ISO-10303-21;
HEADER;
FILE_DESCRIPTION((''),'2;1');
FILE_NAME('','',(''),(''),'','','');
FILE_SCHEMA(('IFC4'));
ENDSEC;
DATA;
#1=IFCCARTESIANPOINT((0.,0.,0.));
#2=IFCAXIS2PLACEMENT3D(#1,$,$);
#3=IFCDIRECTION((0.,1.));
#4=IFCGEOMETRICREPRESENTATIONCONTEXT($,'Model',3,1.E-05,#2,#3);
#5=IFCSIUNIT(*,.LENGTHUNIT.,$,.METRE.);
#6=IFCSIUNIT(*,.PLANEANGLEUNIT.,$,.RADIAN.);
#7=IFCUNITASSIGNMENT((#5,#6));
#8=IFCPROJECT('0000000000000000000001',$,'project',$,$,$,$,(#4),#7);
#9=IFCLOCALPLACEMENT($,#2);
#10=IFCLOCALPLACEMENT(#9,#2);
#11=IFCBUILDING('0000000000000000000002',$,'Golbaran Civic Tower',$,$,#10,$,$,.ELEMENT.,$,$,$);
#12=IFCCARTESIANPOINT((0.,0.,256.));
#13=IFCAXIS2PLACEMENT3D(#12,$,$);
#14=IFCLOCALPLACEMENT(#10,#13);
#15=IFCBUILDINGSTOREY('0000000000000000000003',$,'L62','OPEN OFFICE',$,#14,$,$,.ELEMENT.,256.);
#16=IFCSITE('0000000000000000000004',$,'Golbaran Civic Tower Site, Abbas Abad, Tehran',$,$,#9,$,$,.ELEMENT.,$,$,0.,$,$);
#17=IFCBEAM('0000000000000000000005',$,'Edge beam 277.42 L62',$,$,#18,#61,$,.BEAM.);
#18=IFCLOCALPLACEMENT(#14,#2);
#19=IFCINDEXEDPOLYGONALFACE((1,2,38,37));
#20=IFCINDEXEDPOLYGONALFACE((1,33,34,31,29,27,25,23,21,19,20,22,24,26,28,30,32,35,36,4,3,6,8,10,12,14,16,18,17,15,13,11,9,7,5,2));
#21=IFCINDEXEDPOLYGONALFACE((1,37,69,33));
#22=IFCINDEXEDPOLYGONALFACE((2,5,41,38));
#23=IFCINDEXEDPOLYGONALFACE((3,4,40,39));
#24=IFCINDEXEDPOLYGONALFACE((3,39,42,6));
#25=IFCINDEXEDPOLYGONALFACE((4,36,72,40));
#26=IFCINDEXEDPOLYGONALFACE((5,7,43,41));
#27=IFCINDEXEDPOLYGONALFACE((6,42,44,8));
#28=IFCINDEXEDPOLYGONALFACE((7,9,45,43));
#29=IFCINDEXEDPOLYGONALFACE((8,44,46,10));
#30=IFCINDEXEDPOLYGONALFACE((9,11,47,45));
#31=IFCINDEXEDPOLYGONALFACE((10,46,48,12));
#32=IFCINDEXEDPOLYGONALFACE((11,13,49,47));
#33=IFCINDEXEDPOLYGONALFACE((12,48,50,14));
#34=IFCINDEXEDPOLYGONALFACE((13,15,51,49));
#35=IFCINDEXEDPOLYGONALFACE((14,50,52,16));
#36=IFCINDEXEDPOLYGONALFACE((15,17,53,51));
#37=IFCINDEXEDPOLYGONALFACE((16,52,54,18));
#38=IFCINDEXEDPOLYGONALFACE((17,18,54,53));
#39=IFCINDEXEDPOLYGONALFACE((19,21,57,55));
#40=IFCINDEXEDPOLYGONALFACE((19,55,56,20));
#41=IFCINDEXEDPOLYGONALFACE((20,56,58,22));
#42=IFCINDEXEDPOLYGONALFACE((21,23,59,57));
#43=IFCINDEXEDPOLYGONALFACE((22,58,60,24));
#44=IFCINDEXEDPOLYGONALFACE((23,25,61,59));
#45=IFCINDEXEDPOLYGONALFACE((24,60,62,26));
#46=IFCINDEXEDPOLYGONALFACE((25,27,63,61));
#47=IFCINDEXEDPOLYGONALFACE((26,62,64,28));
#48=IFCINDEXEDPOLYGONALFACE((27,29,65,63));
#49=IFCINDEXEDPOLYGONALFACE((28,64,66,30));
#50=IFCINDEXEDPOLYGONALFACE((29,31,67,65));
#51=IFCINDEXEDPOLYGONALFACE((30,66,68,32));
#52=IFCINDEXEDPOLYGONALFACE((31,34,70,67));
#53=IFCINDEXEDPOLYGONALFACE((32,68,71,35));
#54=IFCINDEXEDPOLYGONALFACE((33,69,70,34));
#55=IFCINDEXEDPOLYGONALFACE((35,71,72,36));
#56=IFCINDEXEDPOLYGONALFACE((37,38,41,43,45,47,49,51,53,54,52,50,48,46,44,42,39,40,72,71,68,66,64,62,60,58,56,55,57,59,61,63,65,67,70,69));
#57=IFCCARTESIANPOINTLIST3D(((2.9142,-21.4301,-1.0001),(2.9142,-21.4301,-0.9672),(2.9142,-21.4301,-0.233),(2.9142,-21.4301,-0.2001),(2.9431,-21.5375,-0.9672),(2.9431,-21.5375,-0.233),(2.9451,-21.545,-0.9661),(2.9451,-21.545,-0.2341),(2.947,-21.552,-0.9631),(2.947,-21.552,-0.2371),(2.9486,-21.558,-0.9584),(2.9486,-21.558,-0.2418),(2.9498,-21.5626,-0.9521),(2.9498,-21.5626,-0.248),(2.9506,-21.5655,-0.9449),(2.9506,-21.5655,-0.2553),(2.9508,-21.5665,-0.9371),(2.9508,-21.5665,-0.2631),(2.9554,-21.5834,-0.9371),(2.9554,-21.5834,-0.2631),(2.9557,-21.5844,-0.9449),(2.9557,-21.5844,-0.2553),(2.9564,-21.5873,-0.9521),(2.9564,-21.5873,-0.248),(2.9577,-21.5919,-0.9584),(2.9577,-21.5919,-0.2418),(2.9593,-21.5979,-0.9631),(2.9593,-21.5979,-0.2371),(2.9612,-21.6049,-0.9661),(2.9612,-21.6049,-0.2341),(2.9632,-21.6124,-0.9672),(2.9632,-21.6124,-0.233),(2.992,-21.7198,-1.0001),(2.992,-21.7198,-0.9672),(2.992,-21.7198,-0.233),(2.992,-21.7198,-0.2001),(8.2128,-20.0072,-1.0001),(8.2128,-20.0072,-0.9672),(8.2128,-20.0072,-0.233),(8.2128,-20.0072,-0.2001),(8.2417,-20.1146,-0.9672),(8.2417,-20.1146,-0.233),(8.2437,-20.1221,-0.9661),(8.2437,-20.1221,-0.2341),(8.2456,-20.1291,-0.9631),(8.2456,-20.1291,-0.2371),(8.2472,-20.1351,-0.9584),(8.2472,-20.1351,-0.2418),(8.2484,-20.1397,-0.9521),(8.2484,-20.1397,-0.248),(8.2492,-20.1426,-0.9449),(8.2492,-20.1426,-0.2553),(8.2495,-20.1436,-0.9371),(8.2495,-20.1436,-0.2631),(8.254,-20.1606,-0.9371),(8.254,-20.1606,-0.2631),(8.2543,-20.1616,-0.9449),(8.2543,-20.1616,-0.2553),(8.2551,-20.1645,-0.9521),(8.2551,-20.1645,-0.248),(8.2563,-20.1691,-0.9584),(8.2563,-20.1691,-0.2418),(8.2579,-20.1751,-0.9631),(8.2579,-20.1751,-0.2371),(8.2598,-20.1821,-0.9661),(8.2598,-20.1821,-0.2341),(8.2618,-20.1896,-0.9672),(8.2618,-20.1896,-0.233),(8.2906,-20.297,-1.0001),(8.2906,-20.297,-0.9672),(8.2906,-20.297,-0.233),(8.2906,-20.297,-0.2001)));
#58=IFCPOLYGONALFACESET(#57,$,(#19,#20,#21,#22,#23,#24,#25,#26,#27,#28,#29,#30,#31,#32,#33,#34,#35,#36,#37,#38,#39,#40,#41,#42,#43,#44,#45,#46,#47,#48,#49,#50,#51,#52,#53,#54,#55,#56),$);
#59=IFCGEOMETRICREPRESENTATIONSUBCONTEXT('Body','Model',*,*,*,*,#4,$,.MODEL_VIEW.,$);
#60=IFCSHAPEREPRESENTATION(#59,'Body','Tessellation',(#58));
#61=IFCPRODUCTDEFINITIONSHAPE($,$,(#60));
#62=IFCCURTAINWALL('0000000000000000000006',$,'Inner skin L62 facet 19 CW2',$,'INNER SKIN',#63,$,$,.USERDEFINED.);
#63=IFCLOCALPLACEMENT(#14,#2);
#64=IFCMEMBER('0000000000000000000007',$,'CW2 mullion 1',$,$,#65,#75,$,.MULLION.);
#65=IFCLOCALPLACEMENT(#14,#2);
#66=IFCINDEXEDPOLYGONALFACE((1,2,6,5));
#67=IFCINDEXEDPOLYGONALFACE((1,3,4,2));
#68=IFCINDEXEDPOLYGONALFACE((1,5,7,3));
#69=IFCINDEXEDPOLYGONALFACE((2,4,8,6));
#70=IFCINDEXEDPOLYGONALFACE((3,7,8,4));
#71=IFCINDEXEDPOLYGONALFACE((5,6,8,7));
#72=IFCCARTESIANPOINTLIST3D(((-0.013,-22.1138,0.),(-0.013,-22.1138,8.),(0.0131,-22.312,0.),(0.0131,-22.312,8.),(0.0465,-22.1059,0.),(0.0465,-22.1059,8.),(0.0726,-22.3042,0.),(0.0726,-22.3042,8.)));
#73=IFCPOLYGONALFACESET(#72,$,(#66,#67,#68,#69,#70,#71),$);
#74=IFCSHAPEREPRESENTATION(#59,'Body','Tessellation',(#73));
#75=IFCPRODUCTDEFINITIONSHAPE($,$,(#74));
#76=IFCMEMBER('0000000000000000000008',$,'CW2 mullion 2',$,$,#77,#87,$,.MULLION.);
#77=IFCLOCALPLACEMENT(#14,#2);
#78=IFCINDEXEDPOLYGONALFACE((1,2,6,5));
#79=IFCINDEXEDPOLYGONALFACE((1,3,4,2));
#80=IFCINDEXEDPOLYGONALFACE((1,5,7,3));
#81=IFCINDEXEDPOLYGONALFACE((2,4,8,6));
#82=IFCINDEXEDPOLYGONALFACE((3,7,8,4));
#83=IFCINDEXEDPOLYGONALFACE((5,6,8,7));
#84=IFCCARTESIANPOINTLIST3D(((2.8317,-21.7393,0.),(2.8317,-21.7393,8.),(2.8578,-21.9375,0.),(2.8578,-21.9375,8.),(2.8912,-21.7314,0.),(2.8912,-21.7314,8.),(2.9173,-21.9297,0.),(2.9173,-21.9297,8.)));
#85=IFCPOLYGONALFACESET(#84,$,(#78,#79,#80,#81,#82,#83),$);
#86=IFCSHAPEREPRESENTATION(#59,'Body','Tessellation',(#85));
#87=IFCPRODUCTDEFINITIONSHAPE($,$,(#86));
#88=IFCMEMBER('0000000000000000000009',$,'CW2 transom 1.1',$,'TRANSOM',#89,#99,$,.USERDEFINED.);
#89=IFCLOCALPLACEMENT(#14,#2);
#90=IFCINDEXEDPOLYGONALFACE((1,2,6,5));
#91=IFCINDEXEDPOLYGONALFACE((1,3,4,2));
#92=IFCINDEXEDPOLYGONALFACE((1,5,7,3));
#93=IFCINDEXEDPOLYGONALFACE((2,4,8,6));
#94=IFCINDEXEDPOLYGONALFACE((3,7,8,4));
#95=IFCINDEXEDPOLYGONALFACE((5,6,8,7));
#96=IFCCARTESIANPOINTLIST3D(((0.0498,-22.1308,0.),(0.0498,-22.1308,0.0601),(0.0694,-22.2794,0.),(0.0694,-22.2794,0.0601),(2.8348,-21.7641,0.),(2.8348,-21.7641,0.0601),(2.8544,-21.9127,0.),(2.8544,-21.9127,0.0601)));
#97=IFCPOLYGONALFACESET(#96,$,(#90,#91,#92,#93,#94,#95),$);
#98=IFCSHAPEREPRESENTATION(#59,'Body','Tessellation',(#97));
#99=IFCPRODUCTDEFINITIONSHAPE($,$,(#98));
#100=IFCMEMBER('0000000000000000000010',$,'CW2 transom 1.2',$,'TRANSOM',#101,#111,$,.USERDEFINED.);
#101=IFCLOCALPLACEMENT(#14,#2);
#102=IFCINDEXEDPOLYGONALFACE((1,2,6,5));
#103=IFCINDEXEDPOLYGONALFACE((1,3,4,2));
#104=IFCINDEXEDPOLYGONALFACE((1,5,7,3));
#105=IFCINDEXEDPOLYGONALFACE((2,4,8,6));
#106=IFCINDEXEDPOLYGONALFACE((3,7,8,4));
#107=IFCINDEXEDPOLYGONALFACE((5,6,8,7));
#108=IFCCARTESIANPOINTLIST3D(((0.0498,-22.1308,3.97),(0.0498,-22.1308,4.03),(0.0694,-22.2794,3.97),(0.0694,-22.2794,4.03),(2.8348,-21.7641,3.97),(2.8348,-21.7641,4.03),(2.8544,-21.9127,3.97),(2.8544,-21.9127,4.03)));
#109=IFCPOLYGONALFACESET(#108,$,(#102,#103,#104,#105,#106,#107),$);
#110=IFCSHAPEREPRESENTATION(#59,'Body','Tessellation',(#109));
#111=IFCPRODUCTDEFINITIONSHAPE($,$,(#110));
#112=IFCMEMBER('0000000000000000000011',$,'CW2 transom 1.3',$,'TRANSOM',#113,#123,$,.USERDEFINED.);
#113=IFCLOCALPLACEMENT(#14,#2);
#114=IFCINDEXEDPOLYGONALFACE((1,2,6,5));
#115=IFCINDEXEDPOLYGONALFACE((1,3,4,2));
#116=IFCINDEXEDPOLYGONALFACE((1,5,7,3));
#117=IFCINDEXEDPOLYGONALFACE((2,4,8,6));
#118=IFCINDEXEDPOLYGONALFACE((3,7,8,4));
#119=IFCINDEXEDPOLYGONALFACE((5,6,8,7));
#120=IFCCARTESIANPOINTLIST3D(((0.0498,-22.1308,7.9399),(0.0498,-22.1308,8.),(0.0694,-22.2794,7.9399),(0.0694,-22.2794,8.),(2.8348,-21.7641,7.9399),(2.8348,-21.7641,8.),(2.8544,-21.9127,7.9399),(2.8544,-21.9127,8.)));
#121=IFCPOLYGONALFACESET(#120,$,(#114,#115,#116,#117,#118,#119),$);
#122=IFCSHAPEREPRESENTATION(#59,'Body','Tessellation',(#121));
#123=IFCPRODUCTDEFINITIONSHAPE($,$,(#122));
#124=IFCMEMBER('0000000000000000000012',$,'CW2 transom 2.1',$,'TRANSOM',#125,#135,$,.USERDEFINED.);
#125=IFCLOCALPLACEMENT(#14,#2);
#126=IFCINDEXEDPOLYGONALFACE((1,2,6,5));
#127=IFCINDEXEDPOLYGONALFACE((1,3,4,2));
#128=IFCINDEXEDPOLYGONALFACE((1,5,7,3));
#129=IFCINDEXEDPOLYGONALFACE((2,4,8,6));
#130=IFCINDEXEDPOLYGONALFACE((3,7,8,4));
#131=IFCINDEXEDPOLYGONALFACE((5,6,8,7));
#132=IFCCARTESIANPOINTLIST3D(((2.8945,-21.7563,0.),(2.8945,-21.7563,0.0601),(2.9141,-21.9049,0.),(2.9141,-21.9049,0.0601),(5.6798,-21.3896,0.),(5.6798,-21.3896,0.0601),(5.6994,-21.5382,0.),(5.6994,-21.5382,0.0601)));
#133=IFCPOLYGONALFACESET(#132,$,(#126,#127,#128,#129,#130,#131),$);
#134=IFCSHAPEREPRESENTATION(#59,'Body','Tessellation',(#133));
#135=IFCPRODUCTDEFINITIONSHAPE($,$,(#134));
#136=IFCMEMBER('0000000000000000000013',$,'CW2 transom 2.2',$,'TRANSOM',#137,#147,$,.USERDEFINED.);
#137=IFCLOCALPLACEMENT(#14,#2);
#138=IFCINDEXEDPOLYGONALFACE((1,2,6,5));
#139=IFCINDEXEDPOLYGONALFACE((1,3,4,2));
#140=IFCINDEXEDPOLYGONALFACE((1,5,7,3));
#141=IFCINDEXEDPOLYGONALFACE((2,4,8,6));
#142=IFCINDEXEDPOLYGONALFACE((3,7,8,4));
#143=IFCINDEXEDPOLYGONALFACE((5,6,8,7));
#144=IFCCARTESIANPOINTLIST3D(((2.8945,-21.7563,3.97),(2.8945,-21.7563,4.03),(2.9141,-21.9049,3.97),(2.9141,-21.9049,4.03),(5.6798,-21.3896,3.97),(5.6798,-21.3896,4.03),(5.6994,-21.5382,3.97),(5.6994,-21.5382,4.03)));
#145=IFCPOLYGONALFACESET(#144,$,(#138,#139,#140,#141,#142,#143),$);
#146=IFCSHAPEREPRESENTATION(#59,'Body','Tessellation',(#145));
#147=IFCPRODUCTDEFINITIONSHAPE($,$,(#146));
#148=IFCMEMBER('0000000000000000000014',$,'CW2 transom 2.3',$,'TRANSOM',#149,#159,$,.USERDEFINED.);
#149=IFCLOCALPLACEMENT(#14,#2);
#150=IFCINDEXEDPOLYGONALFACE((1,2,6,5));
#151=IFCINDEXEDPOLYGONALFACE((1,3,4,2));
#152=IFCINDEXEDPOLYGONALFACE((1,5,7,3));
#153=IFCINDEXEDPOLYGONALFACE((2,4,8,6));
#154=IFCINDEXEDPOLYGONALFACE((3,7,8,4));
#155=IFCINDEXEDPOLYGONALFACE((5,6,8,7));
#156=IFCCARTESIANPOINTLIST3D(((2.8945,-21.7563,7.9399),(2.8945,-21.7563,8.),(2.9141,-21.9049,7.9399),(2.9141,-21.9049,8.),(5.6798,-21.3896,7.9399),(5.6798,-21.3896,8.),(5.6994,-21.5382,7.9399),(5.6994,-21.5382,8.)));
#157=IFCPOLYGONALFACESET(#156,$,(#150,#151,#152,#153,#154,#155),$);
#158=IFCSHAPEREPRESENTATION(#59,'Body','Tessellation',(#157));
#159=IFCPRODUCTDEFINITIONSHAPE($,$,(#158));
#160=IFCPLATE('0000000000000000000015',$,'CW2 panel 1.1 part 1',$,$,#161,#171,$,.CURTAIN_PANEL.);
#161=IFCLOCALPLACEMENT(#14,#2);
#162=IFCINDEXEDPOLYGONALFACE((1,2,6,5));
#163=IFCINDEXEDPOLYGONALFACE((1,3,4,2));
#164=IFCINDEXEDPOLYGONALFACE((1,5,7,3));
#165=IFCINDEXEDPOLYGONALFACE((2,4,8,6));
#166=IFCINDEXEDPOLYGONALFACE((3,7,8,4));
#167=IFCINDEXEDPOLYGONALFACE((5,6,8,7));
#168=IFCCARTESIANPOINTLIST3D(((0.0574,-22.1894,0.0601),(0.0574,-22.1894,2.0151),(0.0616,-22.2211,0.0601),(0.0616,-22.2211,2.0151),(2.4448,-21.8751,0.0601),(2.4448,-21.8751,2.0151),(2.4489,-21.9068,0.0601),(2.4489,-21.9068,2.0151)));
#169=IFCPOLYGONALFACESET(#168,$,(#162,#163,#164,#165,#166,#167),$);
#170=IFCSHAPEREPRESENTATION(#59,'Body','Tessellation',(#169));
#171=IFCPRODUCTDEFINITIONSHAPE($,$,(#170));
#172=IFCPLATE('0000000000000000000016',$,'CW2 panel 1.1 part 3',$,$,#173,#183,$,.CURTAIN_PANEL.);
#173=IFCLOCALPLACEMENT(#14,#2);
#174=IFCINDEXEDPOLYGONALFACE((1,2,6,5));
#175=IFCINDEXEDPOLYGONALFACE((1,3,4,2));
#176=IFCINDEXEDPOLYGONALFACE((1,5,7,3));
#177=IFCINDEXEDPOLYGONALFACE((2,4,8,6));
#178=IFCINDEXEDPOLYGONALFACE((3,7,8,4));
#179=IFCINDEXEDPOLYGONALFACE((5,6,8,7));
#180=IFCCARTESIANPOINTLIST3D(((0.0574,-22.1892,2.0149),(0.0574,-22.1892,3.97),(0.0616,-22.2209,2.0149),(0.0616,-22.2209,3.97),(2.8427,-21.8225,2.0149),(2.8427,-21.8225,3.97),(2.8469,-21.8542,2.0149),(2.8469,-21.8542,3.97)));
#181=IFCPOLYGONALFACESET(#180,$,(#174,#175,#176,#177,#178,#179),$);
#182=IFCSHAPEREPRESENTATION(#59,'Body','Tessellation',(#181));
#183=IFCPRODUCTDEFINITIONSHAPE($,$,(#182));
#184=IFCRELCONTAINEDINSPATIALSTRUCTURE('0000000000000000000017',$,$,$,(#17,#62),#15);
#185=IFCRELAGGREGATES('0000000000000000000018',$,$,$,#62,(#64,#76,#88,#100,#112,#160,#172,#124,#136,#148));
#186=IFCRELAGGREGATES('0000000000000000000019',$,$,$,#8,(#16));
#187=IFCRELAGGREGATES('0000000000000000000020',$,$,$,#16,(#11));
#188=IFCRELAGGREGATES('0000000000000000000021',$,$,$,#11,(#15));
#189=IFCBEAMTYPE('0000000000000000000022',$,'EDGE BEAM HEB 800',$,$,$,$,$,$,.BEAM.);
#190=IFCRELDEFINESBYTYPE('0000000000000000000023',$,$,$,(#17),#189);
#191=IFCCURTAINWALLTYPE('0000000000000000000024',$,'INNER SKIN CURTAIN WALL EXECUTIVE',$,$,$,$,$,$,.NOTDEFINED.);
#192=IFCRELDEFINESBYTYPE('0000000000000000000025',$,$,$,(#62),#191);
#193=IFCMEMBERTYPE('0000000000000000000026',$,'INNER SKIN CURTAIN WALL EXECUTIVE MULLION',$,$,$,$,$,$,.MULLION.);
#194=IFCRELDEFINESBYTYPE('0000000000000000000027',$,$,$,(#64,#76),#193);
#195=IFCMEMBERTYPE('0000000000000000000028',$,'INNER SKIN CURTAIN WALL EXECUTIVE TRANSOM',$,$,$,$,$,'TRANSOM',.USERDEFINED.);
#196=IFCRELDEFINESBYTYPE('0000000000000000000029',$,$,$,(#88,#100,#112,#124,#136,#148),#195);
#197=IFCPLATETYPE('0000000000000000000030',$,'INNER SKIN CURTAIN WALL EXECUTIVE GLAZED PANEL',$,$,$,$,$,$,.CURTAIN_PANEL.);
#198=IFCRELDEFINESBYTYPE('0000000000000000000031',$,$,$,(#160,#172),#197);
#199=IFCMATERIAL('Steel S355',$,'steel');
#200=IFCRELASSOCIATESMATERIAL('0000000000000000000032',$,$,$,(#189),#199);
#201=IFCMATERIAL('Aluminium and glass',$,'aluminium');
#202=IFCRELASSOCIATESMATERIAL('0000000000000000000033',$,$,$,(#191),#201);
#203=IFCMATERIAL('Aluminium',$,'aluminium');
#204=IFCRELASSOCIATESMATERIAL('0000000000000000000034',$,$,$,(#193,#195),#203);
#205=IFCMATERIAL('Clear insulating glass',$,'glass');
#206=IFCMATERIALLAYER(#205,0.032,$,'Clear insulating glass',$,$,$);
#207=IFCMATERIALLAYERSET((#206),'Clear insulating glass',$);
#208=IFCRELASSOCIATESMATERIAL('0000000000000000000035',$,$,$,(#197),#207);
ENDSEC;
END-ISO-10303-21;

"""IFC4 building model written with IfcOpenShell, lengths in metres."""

from ifc_helpers import new_model, si_unit, direction, frame, origin, origin_2d, place, context, subcontext, project, spatial, rectangle, i_section, extrude, material, layer, layer_set, material_profile, profile_set, type_object, element, aggregate, save


model = new_model("IFC4")

# Units and contexts
model_context = context("Model", 3, precision=1e-05, world=origin(), true_north=direction((0.0, 1.0)))
body_context = subcontext(model_context, "Body", "Model", "MODEL_VIEW")
ifc_project = project(units=[si_unit("LENGTHUNIT", "METRE"), si_unit("PLANEANGLEUNIT", "RADIAN")], contexts=[model_context])

# Site, building, storey
site_placement = place(None, origin())
site = spatial("IfcSite", under=ifc_project, at=site_placement, Name="Golbaran Civic Tower Site, Abbas Abad, Tehran", CompositionType="ELEMENT", RefElevation=0.0)
building_placement = place(site_placement, origin())
building = spatial("IfcBuilding", under=site, at=building_placement, Name="Golbaran Civic Tower", CompositionType="ELEMENT")
storey_placement = place(building_placement, frame((0.0, 0.0, 256.0)))
storey = spatial("IfcBuildingStorey", under=building, at=storey_placement, Name="L62", Description="OPEN OFFICE", CompositionType="ELEMENT", Elevation=256.0)

# Beam
ifc_material_1 = material(Name="Steel S355", Category="steel")
ifc_material_profile_1 = material_profile(ifc_material_1, i_section(OverallWidth=0.3, OverallDepth=0.8, WebThickness=0.0176, FlangeThickness=0.033, FilletRadius=0.03, at=origin_2d()), Name="HEB 800")
ifc_profile_set_1 = profile_set([ifc_material_profile_1], Name="Steel S355")
beam_type = type_object("IfcBeamType", Name="EDGE BEAM HEB 800", PredefinedType="BEAM", material=ifc_profile_set_1)
beam_placement = place(storey_placement, frame((2.9531, -21.575, -0.6001), z_axis=(0.965784, 0.259346, 0.0), x_axis=(-0.259346, 0.965784, 0.0)))
element("IfcBeam", 1, at=beam_placement, inside=storey, type_object=beam_type, Name="Edge beam 277.42 L62", PredefinedType="BEAM", context=body_context, shape_type="SweptSolid", body=[
    extrude(i_section(OverallWidth=0.3, OverallDepth=0.8, WebThickness=0.0176, FlangeThickness=0.033, FilletRadius=0.03, at=origin_2d()), origin(), (0.0, 0.0, 1.0), 5.4863),
])

# Curtain wall, members, plates
ifc_material_2 = material(Name="Aluminium and glass", Category="aluminium")
curtain_wall_type = type_object("IfcCurtainWallType", Name="INNER SKIN CURTAIN WALL EXECUTIVE", PredefinedType="NOTDEFINED", material=ifc_material_2)
curtain_wall_placement = place(storey_placement, origin())
curtain_wall = element("IfcCurtainWall", 2, at=curtain_wall_placement, inside=storey, type_object=curtain_wall_type, Name="Inner skin L62 facet 19 CW2", ObjectType="INNER SKIN", PredefinedType="USERDEFINED")
ifc_material_3 = material(Name="Aluminium", Category="aluminium")
ifc_material_profile_2 = material_profile(ifc_material_3, rectangle(XDim=0.2, YDim=0.0601, at=origin_2d()), Name="INNER SKIN CURTAIN WALL EXECUTIVE MULLION")
ifc_profile_set_2 = profile_set([ifc_material_profile_2], Name="Aluminium")
member_type_1 = type_object("IfcMemberType", Name="INNER SKIN CURTAIN WALL EXECUTIVE MULLION", PredefinedType="MULLION", material=ifc_profile_set_2)
member_1_placement = place(storey_placement, frame((0.0298, -22.209, 0.0), z_axis=(0.0, 0.0, 1.0), x_axis=(-0.130526, 0.991445, 0.0)))
member_1 = element("IfcMember", 3, at=member_1_placement, type_object=member_type_1, Name="CW2 mullion 1", PredefinedType="MULLION", context=body_context, shape_type="SweptSolid", body=[
    extrude(rectangle(XDim=0.2, YDim=0.0601, at=origin_2d()), origin(), (0.0, 0.0, 1.0), 8.0),
])
member_2_placement = place(storey_placement, frame((2.8745, -21.8345, 0.0), z_axis=(0.0, 0.0, 1.0), x_axis=(-0.130526, 0.991445, 0.0)))
member_2 = element("IfcMember", 4, at=member_2_placement, type_object=member_type_1, Name="CW2 mullion 2", PredefinedType="MULLION", context=body_context, shape_type="SweptSolid", body=[
    extrude(rectangle(XDim=0.2, YDim=0.0601, at=origin_2d()), origin(), (0.0, 0.0, 1.0), 8.0),
])
ifc_material_profile_3 = material_profile(ifc_material_3, rectangle(XDim=0.1499, YDim=0.0601, at=origin_2d()), Name="INNER SKIN CURTAIN WALL EXECUTIVE TRANSOM")
ifc_profile_set_3 = profile_set([ifc_material_profile_3], Name="Aluminium")
member_type_2 = type_object("IfcMemberType", Name="INNER SKIN CURTAIN WALL EXECUTIVE TRANSOM", ElementType="TRANSOM", PredefinedType="USERDEFINED", material=ifc_profile_set_3)
member_3_placement = place(storey_placement, frame((0.0596, -22.2051, 0.03), z_axis=(0.991444, 0.130535, 0.0), x_axis=(-0.130535, 0.991444, 0.0)))
member_3 = element("IfcMember", 5, at=member_3_placement, type_object=member_type_2, Name="CW2 transom 1.1", ObjectType="TRANSOM", PredefinedType="USERDEFINED", context=body_context, shape_type="SweptSolid", body=[
    extrude(rectangle(XDim=0.1499, YDim=0.0601, at=origin_2d()), origin(), (0.0, 0.0, 1.0), 2.8091),
])
member_4_placement = place(storey_placement, frame((0.0596, -22.2051, 4.0), z_axis=(0.991444, 0.130535, 0.0), x_axis=(-0.130535, 0.991444, 0.0)))
member_4 = element("IfcMember", 6, at=member_4_placement, type_object=member_type_2, Name="CW2 transom 1.2", ObjectType="TRANSOM", PredefinedType="USERDEFINED", context=body_context, shape_type="SweptSolid", body=[
    extrude(rectangle(XDim=0.1499, YDim=0.0601, at=origin_2d()), origin(), (0.0, 0.0, 1.0), 2.8091),
])
member_5_placement = place(storey_placement, frame((0.0596, -22.2051, 7.97), z_axis=(0.991444, 0.130535, 0.0), x_axis=(-0.130535, 0.991444, 0.0)))
member_5 = element("IfcMember", 7, at=member_5_placement, type_object=member_type_2, Name="CW2 transom 1.3", ObjectType="TRANSOM", PredefinedType="USERDEFINED", context=body_context, shape_type="SweptSolid", body=[
    extrude(rectangle(XDim=0.1499, YDim=0.0601, at=origin_2d()), origin(), (0.0, 0.0, 1.0), 2.8091),
])
member_6_placement = place(storey_placement, frame((2.9043, -21.8306, 0.03), z_axis=(0.991445, 0.130524, 0.0), x_axis=(-0.130524, 0.991445, 0.0)))
member_6 = element("IfcMember", 8, at=member_6_placement, type_object=member_type_2, Name="CW2 transom 2.1", ObjectType="TRANSOM", PredefinedType="USERDEFINED", context=body_context, shape_type="SweptSolid", body=[
    extrude(rectangle(XDim=0.1499, YDim=0.0601, at=origin_2d()), origin(), (0.0, 0.0, 1.0), 2.8093),
])
member_7_placement = place(storey_placement, frame((2.9043, -21.8306, 4.0), z_axis=(0.991445, 0.130524, 0.0), x_axis=(-0.130524, 0.991445, 0.0)))
member_7 = element("IfcMember", 9, at=member_7_placement, type_object=member_type_2, Name="CW2 transom 2.2", ObjectType="TRANSOM", PredefinedType="USERDEFINED", context=body_context, shape_type="SweptSolid", body=[
    extrude(rectangle(XDim=0.1499, YDim=0.0601, at=origin_2d()), origin(), (0.0, 0.0, 1.0), 2.8093),
])
member_8_placement = place(storey_placement, frame((2.9043, -21.8306, 7.97), z_axis=(0.991445, 0.130524, 0.0), x_axis=(-0.130524, 0.991445, 0.0)))
member_8 = element("IfcMember", 10, at=member_8_placement, type_object=member_type_2, Name="CW2 transom 2.3", ObjectType="TRANSOM", PredefinedType="USERDEFINED", context=body_context, shape_type="SweptSolid", body=[
    extrude(rectangle(XDim=0.1499, YDim=0.0601, at=origin_2d()), origin(), (0.0, 0.0, 1.0), 2.8093),
])
ifc_material_4 = material(Name="Clear insulating glass", Category="glass")
ifc_layer_1 = layer(ifc_material_4, 0.032, Name="Clear insulating glass")
ifc_layer_set_1 = layer_set([ifc_layer_1], Name="Clear insulating glass")
plate_type_1 = type_object("IfcPlateType", Name="INNER SKIN CURTAIN WALL EXECUTIVE GLAZED PANEL", PredefinedType="CURTAIN_PANEL", material=ifc_layer_set_1)
plate_1_placement = place(storey_placement, frame((1.2532, -22.0481, 0.0601), z_axis=(0.0, 0.0, 1.0), x_axis=(0.991445, 0.130526, 0.0)))
plate_1 = element("IfcPlate", 11, at=plate_1_placement, type_object=plate_type_1, Name="CW2 panel 1.1 part 1", PredefinedType="CURTAIN_PANEL", context=body_context, shape_type="SweptSolid", body=[
    extrude(rectangle(XDim=2.408, YDim=0.032, at=origin_2d()), origin(), (0.0, 0.0, 1.0), 1.9551),
])
plate_2_placement = place(storey_placement, frame((1.4521, -22.0217, 2.0149), z_axis=(0.0, 0.0, 1.0), x_axis=(0.991445, 0.130526, 0.0)))
plate_2 = element("IfcPlate", 12, at=plate_2_placement, type_object=plate_type_1, Name="CW2 panel 1.1 part 3", PredefinedType="CURTAIN_PANEL", context=body_context, shape_type="SweptSolid", body=[
    extrude(rectangle(XDim=2.8093, YDim=0.032, at=origin_2d()), origin(), (0.0, 0.0, 1.0), 1.9551),
])
aggregate(curtain_wall, [member_1, member_2, member_3, member_4, member_5, plate_1, plate_2, member_6, member_7, member_8])

save(model, "model.ifc")
